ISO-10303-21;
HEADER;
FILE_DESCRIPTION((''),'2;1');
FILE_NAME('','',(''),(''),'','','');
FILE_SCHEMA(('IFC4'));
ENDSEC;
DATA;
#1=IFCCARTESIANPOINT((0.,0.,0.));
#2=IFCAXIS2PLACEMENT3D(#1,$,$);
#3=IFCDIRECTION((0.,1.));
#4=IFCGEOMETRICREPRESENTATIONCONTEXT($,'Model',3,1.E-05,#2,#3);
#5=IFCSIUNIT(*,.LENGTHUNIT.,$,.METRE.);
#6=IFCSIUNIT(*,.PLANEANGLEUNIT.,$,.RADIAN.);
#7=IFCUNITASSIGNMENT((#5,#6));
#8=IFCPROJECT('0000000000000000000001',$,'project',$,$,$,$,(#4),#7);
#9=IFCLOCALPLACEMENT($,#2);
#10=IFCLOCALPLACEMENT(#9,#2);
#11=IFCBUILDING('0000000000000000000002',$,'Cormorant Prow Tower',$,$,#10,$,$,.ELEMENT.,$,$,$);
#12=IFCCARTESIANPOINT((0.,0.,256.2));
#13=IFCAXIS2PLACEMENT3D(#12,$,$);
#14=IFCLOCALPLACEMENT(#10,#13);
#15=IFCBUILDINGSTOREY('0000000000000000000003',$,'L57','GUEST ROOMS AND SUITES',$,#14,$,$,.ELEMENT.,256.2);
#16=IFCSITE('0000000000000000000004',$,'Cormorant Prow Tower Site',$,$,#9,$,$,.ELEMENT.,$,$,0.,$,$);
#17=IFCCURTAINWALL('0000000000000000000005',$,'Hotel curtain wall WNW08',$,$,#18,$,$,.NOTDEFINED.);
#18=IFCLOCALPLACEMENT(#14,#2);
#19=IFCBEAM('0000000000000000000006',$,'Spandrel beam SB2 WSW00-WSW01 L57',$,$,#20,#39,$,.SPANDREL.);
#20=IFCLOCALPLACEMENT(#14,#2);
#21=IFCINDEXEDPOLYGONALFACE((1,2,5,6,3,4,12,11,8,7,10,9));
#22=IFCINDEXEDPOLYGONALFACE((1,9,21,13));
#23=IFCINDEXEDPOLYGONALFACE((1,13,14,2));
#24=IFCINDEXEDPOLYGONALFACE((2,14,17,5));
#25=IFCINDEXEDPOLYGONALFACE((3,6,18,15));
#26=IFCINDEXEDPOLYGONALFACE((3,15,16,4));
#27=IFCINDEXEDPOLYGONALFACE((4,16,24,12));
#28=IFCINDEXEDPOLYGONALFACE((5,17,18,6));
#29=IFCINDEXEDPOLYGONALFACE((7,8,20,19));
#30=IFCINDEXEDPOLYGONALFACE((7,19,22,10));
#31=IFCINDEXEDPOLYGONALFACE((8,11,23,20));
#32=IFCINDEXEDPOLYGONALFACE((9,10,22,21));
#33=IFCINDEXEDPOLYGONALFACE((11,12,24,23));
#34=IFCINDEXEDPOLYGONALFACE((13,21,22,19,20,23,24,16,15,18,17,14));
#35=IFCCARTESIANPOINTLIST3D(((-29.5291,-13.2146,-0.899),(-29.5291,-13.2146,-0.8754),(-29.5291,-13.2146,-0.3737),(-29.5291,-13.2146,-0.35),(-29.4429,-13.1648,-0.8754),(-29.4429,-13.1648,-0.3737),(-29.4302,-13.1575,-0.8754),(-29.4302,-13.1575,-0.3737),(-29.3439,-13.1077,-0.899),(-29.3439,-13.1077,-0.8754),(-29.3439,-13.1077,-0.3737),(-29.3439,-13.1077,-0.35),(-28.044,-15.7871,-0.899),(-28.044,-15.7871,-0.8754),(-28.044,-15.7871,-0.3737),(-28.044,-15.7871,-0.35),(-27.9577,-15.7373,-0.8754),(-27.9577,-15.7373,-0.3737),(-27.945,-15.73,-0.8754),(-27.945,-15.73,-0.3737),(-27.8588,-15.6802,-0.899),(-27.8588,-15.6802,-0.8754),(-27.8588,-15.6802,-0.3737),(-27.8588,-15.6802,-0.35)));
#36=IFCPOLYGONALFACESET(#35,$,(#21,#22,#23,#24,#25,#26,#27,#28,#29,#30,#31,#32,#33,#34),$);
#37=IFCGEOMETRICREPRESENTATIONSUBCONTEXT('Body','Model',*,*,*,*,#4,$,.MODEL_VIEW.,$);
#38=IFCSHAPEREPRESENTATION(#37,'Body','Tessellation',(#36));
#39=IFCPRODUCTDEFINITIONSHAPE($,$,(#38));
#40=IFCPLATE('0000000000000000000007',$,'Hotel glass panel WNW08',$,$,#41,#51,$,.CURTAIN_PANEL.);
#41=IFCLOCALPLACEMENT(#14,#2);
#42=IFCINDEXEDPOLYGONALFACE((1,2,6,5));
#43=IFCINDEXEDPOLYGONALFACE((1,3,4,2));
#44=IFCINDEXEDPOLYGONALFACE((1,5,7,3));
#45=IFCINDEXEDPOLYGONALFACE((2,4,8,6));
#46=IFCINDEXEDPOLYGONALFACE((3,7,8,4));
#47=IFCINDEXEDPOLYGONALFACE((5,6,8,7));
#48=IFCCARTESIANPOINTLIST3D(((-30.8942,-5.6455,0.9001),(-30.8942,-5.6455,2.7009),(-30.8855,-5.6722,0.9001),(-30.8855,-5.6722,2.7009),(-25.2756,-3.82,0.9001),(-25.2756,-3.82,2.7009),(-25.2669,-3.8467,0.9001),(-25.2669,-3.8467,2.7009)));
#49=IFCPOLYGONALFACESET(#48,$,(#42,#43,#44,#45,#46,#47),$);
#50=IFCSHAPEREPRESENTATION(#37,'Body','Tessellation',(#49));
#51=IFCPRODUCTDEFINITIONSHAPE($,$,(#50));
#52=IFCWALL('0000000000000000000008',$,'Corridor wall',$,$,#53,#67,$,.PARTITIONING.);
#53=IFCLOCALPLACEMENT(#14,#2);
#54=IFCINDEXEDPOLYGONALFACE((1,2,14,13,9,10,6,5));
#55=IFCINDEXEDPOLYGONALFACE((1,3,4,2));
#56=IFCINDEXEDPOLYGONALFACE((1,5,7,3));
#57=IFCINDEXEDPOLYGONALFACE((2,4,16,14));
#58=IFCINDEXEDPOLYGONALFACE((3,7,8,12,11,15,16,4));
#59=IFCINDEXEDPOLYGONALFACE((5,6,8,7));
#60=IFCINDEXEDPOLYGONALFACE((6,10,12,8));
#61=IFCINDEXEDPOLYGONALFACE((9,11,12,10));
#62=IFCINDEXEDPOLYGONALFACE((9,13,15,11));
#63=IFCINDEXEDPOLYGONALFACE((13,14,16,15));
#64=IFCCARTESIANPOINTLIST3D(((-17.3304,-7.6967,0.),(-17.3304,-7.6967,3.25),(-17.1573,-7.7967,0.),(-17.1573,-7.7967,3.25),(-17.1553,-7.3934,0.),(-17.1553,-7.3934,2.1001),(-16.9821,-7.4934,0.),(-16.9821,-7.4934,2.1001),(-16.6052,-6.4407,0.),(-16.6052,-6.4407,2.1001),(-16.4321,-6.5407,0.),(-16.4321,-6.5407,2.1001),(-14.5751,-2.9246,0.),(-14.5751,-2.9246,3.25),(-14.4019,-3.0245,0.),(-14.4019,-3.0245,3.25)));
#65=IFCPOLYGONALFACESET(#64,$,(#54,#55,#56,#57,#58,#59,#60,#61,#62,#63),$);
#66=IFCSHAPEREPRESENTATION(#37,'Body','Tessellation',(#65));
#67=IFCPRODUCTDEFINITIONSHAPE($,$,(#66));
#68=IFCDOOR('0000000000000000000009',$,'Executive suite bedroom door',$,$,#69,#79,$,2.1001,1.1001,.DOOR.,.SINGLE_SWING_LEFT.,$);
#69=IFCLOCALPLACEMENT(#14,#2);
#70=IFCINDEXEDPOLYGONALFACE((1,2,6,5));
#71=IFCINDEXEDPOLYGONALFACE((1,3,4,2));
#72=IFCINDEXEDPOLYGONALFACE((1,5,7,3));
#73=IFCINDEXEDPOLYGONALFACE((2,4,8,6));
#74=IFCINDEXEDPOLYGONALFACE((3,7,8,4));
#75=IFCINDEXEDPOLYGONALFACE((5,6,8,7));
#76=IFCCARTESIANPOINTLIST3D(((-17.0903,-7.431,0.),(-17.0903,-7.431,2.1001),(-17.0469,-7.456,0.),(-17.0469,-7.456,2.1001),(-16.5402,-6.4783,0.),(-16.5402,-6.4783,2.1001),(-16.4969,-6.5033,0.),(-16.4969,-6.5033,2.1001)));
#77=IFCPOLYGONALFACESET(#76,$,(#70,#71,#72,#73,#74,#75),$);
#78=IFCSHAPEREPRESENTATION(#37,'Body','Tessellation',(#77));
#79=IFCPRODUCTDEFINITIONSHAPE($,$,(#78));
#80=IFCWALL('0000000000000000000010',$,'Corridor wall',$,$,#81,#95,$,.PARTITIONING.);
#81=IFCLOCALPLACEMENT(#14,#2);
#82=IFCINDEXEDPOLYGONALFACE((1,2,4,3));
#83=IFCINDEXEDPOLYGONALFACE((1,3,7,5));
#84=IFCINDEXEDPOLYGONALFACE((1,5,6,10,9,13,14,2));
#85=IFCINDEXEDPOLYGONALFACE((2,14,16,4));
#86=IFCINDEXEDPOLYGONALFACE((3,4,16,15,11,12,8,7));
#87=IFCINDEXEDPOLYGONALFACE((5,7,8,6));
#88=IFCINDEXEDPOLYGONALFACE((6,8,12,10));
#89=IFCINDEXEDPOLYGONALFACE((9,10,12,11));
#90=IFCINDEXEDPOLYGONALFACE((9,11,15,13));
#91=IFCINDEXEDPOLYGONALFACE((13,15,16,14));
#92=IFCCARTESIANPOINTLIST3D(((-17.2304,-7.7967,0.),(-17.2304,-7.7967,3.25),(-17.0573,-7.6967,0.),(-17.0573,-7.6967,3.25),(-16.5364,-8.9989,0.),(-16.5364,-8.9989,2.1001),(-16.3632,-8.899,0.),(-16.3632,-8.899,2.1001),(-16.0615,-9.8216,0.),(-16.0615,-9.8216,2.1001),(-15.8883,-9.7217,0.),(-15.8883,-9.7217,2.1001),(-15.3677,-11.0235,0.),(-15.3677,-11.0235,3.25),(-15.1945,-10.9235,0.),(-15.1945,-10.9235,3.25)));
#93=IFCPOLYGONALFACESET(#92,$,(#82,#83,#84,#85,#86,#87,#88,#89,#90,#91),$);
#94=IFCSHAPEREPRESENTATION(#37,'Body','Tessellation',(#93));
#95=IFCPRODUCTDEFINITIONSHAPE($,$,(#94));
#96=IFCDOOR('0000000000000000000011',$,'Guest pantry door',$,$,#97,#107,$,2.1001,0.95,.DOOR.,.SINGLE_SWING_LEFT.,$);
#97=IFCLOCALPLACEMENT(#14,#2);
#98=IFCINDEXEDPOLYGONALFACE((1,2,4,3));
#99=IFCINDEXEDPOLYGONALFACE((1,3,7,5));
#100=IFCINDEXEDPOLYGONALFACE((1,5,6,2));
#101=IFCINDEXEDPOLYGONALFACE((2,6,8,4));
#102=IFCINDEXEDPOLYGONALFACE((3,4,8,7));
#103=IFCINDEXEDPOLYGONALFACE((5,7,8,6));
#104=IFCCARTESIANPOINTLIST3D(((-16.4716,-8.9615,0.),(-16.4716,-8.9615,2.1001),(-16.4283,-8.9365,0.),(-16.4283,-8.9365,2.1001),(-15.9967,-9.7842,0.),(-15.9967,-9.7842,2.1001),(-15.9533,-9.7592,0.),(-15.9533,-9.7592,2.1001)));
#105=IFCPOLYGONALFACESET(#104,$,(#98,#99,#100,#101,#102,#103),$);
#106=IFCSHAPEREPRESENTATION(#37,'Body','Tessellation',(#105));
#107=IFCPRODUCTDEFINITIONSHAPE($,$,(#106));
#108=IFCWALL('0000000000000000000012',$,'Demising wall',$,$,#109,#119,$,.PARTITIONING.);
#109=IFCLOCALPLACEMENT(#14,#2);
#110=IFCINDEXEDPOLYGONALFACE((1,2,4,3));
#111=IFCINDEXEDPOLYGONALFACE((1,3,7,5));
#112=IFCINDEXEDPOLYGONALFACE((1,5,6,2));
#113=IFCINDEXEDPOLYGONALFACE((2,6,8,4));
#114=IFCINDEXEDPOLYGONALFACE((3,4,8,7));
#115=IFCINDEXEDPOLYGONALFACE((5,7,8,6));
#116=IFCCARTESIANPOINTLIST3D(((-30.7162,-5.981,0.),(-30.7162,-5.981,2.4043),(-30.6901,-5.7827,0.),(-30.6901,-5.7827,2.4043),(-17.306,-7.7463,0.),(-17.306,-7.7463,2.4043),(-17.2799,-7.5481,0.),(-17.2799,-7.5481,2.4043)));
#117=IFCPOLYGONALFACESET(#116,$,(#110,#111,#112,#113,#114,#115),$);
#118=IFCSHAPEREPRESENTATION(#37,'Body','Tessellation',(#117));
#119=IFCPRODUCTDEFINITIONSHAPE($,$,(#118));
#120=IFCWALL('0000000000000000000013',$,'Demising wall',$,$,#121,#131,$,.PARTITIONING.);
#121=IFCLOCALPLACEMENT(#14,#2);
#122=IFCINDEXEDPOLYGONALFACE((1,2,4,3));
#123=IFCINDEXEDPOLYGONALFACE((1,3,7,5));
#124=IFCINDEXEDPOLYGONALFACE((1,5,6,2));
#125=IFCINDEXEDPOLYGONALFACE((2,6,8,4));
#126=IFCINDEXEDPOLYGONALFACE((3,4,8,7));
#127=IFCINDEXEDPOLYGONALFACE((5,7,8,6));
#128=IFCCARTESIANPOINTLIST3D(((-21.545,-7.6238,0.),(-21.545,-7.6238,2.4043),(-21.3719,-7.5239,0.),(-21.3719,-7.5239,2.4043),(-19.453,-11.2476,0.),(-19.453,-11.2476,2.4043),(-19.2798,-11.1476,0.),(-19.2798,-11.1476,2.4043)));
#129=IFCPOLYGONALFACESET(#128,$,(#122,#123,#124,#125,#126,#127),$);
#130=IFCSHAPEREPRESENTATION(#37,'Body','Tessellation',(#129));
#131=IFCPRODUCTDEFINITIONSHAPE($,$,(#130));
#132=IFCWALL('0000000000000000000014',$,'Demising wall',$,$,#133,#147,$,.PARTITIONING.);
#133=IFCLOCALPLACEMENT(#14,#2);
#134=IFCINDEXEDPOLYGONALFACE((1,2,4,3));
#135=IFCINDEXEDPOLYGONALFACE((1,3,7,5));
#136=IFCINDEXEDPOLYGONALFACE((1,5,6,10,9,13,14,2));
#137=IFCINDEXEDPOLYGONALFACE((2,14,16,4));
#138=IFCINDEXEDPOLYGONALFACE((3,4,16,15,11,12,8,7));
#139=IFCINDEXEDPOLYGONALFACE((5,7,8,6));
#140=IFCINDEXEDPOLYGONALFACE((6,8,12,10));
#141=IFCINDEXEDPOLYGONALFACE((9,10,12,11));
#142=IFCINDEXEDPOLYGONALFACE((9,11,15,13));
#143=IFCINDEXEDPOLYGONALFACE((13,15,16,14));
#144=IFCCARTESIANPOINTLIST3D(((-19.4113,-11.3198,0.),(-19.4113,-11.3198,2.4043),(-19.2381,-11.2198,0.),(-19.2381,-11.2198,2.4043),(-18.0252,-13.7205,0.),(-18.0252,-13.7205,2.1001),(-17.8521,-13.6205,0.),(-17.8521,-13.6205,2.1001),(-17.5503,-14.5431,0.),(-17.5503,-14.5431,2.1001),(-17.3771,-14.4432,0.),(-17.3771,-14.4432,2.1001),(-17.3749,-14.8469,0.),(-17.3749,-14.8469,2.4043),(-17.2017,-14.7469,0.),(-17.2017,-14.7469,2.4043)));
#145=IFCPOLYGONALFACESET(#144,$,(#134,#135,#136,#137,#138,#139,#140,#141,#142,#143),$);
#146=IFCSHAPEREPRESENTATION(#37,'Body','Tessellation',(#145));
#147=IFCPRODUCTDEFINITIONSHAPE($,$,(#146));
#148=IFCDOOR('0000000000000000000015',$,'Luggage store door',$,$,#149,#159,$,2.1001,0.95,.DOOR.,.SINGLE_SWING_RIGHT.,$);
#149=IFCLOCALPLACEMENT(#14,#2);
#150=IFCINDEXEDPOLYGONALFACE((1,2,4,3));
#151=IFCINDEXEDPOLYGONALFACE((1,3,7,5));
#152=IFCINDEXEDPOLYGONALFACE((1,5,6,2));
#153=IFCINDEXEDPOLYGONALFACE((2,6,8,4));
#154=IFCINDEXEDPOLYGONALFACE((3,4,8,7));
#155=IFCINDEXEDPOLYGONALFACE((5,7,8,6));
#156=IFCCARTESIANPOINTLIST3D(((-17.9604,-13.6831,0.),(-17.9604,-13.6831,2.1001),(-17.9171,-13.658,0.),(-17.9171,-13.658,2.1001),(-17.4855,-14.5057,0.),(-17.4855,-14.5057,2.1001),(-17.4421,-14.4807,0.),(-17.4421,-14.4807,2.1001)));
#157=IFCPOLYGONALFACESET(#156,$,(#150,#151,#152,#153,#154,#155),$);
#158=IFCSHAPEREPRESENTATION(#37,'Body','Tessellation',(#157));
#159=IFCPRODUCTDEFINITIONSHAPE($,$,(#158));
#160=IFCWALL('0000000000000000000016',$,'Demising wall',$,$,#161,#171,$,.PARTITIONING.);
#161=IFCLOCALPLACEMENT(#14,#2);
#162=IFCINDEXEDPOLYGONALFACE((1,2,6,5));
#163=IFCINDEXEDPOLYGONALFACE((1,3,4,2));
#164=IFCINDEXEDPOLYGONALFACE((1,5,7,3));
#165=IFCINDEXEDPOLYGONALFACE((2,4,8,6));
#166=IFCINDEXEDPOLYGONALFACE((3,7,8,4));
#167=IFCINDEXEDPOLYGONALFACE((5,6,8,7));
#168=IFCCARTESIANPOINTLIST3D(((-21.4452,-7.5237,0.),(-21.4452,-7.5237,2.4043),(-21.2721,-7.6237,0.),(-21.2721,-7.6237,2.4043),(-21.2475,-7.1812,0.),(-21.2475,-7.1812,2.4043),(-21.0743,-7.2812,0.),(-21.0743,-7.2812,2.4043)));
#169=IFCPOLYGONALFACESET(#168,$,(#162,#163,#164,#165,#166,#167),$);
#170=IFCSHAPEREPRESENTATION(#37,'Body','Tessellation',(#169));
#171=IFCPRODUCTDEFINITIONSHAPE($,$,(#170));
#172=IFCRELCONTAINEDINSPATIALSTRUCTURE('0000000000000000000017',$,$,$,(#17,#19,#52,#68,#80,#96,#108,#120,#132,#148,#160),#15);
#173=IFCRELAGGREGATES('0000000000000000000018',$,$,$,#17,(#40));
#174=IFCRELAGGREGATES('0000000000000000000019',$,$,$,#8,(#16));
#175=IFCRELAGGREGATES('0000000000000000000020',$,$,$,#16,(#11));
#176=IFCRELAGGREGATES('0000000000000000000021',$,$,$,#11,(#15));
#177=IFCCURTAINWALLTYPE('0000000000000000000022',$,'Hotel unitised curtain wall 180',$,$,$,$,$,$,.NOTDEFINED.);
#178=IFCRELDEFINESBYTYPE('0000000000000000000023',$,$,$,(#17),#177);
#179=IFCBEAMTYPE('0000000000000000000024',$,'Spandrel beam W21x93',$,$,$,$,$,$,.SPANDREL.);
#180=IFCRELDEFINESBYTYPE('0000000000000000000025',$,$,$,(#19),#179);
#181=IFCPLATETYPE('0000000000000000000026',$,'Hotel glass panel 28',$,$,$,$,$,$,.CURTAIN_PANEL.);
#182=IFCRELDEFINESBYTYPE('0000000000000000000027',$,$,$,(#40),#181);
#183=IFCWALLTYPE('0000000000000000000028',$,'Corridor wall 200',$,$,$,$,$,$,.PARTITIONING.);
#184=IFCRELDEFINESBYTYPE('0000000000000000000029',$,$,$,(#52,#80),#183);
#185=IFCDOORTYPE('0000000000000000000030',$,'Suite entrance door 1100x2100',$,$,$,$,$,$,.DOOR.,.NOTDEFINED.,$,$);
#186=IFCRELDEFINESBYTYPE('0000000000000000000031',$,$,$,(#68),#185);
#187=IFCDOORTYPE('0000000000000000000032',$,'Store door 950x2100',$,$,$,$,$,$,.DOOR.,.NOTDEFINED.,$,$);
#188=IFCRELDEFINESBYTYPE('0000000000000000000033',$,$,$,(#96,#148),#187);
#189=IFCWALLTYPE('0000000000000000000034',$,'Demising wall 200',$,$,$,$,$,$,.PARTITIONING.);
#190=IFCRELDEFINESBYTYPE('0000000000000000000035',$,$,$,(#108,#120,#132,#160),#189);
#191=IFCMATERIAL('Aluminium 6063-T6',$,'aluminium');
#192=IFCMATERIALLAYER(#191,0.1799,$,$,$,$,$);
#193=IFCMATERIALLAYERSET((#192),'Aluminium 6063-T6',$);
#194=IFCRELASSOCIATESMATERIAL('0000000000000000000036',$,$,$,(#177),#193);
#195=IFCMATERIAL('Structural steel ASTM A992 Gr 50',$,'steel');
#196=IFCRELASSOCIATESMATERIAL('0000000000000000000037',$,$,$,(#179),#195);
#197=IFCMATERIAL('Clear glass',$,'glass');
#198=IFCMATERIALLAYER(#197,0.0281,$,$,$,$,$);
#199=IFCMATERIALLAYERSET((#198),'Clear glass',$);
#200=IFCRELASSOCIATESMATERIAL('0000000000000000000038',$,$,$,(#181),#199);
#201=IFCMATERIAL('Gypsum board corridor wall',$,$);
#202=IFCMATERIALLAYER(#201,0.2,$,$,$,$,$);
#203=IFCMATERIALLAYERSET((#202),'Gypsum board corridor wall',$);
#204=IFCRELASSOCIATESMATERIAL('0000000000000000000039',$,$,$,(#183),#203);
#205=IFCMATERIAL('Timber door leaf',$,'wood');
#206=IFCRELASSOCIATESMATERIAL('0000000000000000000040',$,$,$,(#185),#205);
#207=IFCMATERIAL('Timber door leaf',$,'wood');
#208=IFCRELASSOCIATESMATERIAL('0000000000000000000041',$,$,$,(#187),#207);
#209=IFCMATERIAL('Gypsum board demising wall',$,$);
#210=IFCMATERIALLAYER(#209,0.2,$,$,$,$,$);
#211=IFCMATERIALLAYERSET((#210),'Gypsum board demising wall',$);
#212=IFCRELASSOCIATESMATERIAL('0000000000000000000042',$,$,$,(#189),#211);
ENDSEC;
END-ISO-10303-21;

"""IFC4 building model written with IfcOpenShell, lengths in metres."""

from ifc_helpers import new_model, si_unit, direction, frame, frame_2d, origin, origin_2d, place, context, subcontext, project, spatial, rectangle, i_section, extrude, material, layer, layer_set, material_profile, profile_set, type_object, element, fill, aggregate, save


model = new_model("IFC4")

# Units and contexts
model_context = context("Model", 3, precision=1e-05, world=origin(), true_north=direction((0.0, 1.0)))
body_context = subcontext(model_context, "Body", "Model", "MODEL_VIEW")
ifc_project = project(units=[si_unit("LENGTHUNIT", "METRE"), si_unit("PLANEANGLEUNIT", "RADIAN")], contexts=[model_context])

# Site, building, storey
site_placement = place(None, origin())
site = spatial("IfcSite", under=ifc_project, at=site_placement, Name="Cormorant Prow Tower Site", CompositionType="ELEMENT", RefElevation=0.0)
building_placement = place(site_placement, origin())
building = spatial("IfcBuilding", under=site, at=building_placement, Name="Cormorant Prow Tower", CompositionType="ELEMENT")
storey_placement = place(building_placement, frame((0.0, 0.0, 256.2)))
storey = spatial("IfcBuildingStorey", under=building, at=storey_placement, Name="L57", Description="GUEST ROOMS AND SUITES", CompositionType="ELEMENT", Elevation=256.2)

# Curtain wall
ifc_material_1 = material(Name="Aluminium 6063-T6", Category="aluminium")
ifc_layer_1 = layer(ifc_material_1, 0.1799)
ifc_layer_set_1 = layer_set([ifc_layer_1], Name="Aluminium 6063-T6")
curtain_wall_type = type_object("IfcCurtainWallType", Name="Hotel unitised curtain wall 180", PredefinedType="NOTDEFINED", material=ifc_layer_set_1)
curtain_wall_placement = place(storey_placement, origin())
curtain_wall = element("IfcCurtainWall", 1, at=curtain_wall_placement, inside=storey, type_object=curtain_wall_type, Name="Hotel curtain wall WNW08", PredefinedType="NOTDEFINED")

# Beam
ifc_material_2 = material(Name="Structural steel ASTM A992 Gr 50", Category="steel")
ifc_material_profile_1 = material_profile(ifc_material_2, i_section(OverallWidth=0.2139, OverallDepth=0.5491, WebThickness=0.0146, FlangeThickness=0.0237, at=origin_2d()), Name="W21x93")
ifc_profile_set_1 = profile_set([ifc_material_profile_1], Name="Structural steel ASTM A992 Gr 50")
beam_type_1 = type_object("IfcBeamType", Name="Spandrel beam W21x93", PredefinedType="SPANDREL", material=ifc_profile_set_1)
beam_1_placement = place(storey_placement, frame((-29.4365, -13.1611, -0.6245), z_axis=(0.499967, -0.866045, 0.0), x_axis=(0.866045, 0.499967, 0.0)))
element("IfcBeam", 2, at=beam_1_placement, inside=storey, type_object=beam_type_1, Name="Spandrel beam SB2 WSW00-WSW01 L57", PredefinedType="SPANDREL", context=body_context, shape_type="SweptSolid", body=[
    extrude(i_section(OverallWidth=0.2139, OverallDepth=0.5491, WebThickness=0.0146, FlangeThickness=0.0237, at=origin_2d()), origin(), (0.0, 0.0, 1.0), 2.9705),
])

# Plate
ifc_material_3 = material(Name="Clear glass", Category="glass")
ifc_layer_2 = layer(ifc_material_3, 0.0281)
ifc_layer_set_2 = layer_set([ifc_layer_2], Name="Clear glass")
plate_type = type_object("IfcPlateType", Name="Hotel glass panel 28", PredefinedType="CURTAIN_PANEL", material=ifc_layer_set_2)
plate_placement = place(storey_placement, frame((-28.0806, -4.7461, 0.9001), z_axis=(0.0, 0.0, 1.0), x_axis=(-0.951057, -0.309017, 0.0)))
plate = element("IfcPlate", 3, at=plate_placement, type_object=plate_type, Name="Hotel glass panel WNW08", PredefinedType="CURTAIN_PANEL", context=body_context, shape_type="SweptSolid", body=[
    extrude(rectangle(XDim=5.9077, YDim=0.0281, at=origin_2d()), origin(), (0.0, 0.0, 1.0), 1.8008),
])
aggregate(curtain_wall, [plate])

# Walls, openings, doors
ifc_material_4 = material(Name="Gypsum board corridor wall")
ifc_layer_3 = layer(ifc_material_4, 0.2)
ifc_layer_set_3 = layer_set([ifc_layer_3], Name="Gypsum board corridor wall")
wall_type_1 = type_object("IfcWallType", Name="Corridor wall 200", PredefinedType="PARTITIONING", material=ifc_layer_set_3)
wall_1_placement = place(storey_placement, frame((-17.2439, -7.7468, 0.0), z_axis=(0.0, 0.0, 1.0), x_axis=(0.500018, 0.866015, 0.0)))
wall_1 = element("IfcWall", 4, at=wall_1_placement, inside=storey, type_object=wall_type_1, Name="Corridor wall", PredefinedType="PARTITIONING", context=body_context, shape_type="SweptSolid", body=[
    extrude(rectangle(XDim=5.5105, YDim=0.2, at=frame_2d((2.7554, 0.0))), origin(), (0.0, 0.0, 1.0), 3.25),
])
opening_1_placement = place(wall_1_placement, frame((0.3503, 0.0, 0.0)))
opening_1 = element("IfcOpeningElement", 5, at=opening_1_placement, cuts=wall_1, PredefinedType="OPENING", context=body_context, shape_type="SweptSolid", body=[
    extrude(rectangle(XDim=1.1001, YDim=2.1001, at=frame_2d((0.55, 1.05))), frame((0.0, 0.1099, 0.0), z_axis=(0.0, -1.0, 0.0), x_axis=(1.0, 0.0, 0.0)), (0.0, 0.0, 1.0), 0.22),
])
ifc_material_5 = material(Name="Timber door leaf", Category="wood")
door_type_1 = type_object("IfcDoorType", Name="Suite entrance door 1100x2100", OperationType="NOTDEFINED", PredefinedType="DOOR", material=ifc_material_5)
door_1_placement = place(opening_1_placement, origin())
door_1 = element("IfcDoor", 6, at=door_1_placement, inside=storey, type_object=door_type_1, Name="Executive suite bedroom door", OperationType="SINGLE_SWING_LEFT", OverallHeight=2.1001, OverallWidth=1.1001, PredefinedType="DOOR", context=body_context, shape_type="SweptSolid", body=[
    extrude(rectangle(XDim=1.1001, YDim=2.1001, at=frame_2d((0.55, 1.05))), frame((0.0, 0.0249, 0.0), z_axis=(0.0, -1.0, 0.0), x_axis=(1.0, 0.0, 0.0)), (0.0, 0.0, 1.0), 0.05),
])
fill(opening_1, door_1)
wall_2_placement = place(storey_placement, frame((-17.1438, -7.7468, 0.0), z_axis=(0.0, 0.0, 1.0), x_axis=(0.499959, -0.866049, 0.0)))
wall_2 = element("IfcWall", 7, at=wall_2_placement, inside=storey, type_object=wall_type_1, Name="Corridor wall", PredefinedType="PARTITIONING", context=body_context, shape_type="SweptSolid", body=[
    extrude(rectangle(XDim=3.7258, YDim=0.2, at=frame_2d((1.8628, 0.0))), origin(), (0.0, 0.0, 1.0), 3.25),
])
opening_2_placement = place(wall_2_placement, frame((1.3879, 0.0, 0.0)))
opening_2 = element("IfcOpeningElement", 8, at=opening_2_placement, cuts=wall_2, PredefinedType="OPENING", context=body_context, shape_type="SweptSolid", body=[
    extrude(rectangle(XDim=0.95, YDim=2.1001, at=frame_2d((0.4751, 1.05))), frame((0.0, 0.1099, 0.0), z_axis=(0.0, -1.0, 0.0), x_axis=(1.0, 0.0, 0.0)), (0.0, 0.0, 1.0), 0.22),
])
ifc_material_6 = material(Name="Timber door leaf", Category="wood")
door_type_2 = type_object("IfcDoorType", Name="Store door 950x2100", OperationType="NOTDEFINED", PredefinedType="DOOR", material=ifc_material_6)
door_2_placement = place(opening_2_placement, origin())
door_2 = element("IfcDoor", 9, at=door_2_placement, inside=storey, type_object=door_type_2, Name="Guest pantry door", OperationType="SINGLE_SWING_LEFT", OverallHeight=2.1001, OverallWidth=0.95, PredefinedType="DOOR", context=body_context, shape_type="SweptSolid", body=[
    extrude(rectangle(XDim=0.95, YDim=2.1001, at=frame_2d((0.4751, 1.05))), frame((0.0, 0.0249, 0.0), z_axis=(0.0, -1.0, 0.0), x_axis=(1.0, 0.0, 0.0)), (0.0, 0.0, 1.0), 0.05),
])
fill(opening_2, door_2)

# Walls
ifc_material_7 = material(Name="Gypsum board demising wall")
ifc_layer_4 = layer(ifc_material_7, 0.2)
ifc_layer_set_4 = layer_set([ifc_layer_4], Name="Gypsum board demising wall")
wall_type_2 = type_object("IfcWallType", Name="Demising wall 200", PredefinedType="PARTITIONING", material=ifc_layer_set_4)
wall_3_placement = place(storey_placement, frame((-30.7031, -5.8818, 0.0), z_axis=(0.0, 0.0, 1.0), x_axis=(0.991446, -0.130519, 0.0)))
element("IfcWall", 10, at=wall_3_placement, inside=storey, type_object=wall_type_2, Name="Demising wall", PredefinedType="PARTITIONING", context=body_context, shape_type="SweptSolid", body=[
    extrude(rectangle(XDim=13.5259, YDim=0.2, at=frame_2d((6.7629, 0.0))), origin(), (0.0, 0.0, 1.0), 2.4043),
])
wall_4_placement = place(storey_placement, frame((-21.4585, -7.5737, 0.0), z_axis=(0.0, 0.0, 1.0), x_axis=(0.499973, -0.866041, 0.0)))
element("IfcWall", 11, at=wall_4_placement, inside=storey, type_object=wall_type_2, Name="Demising wall", PredefinedType="PARTITIONING", context=body_context, shape_type="SweptSolid", body=[
    extrude(rectangle(XDim=4.1843, YDim=0.2, at=frame_2d((2.0923, 0.0))), origin(), (0.0, 0.0, 1.0), 2.4043),
])

# Wall, opening, door
wall_5_placement = place(storey_placement, frame((-19.3247, -11.2698, 0.0), z_axis=(0.0, 0.0, 1.0), x_axis=(0.500001, -0.866025, 0.0)))
wall_5 = element("IfcWall", 12, at=wall_5_placement, inside=storey, type_object=wall_type_2, Name="Demising wall", PredefinedType="PARTITIONING", context=body_context, shape_type="SweptSolid", body=[
    extrude(rectangle(XDim=4.0728, YDim=0.2, at=frame_2d((2.0364, 0.0))), origin(), (0.0, 0.0, 1.0), 2.4043),
])
opening_3_placement = place(wall_5_placement, frame((2.772, 0.0, 0.0)))
opening_3 = element("IfcOpeningElement", 13, at=opening_3_placement, cuts=wall_5, PredefinedType="OPENING", context=body_context, shape_type="SweptSolid", body=[
    extrude(rectangle(XDim=0.95, YDim=2.1001, at=frame_2d((0.4751, 1.05))), frame((0.0, 0.1099, 0.0), z_axis=(0.0, -1.0, 0.0), x_axis=(1.0, 0.0, 0.0)), (0.0, 0.0, 1.0), 0.22),
])
door_3_placement = place(opening_3_placement, origin())
door_3 = element("IfcDoor", 14, at=door_3_placement, inside=storey, type_object=door_type_2, Name="Luggage store door", OperationType="SINGLE_SWING_RIGHT", OverallHeight=2.1001, OverallWidth=0.95, PredefinedType="DOOR", context=body_context, shape_type="SweptSolid", body=[
    extrude(rectangle(XDim=0.95, YDim=2.1001, at=frame_2d((0.4751, 1.05))), frame((0.0, 0.0249, 0.0), z_axis=(0.0, -1.0, 0.0), x_axis=(1.0, 0.0, 0.0)), (0.0, 0.0, 1.0), 0.05),
])
fill(opening_3, door_3)

# Wall
wall_6_placement = place(storey_placement, frame((-21.3586, -7.5737, 0.0), z_axis=(0.0, 0.0, 1.0), x_axis=(0.49999, 0.866031, 0.0)))
element("IfcWall", 15, at=wall_6_placement, inside=storey, type_object=wall_type_2, Name="Demising wall", PredefinedType="PARTITIONING", context=body_context, shape_type="SweptSolid", body=[
    extrude(rectangle(XDim=0.3955, YDim=0.2, at=frame_2d((0.1978, 0.0))), origin(), (0.0, 0.0, 1.0), 2.4043),
])

save(model, "model.ifc")
